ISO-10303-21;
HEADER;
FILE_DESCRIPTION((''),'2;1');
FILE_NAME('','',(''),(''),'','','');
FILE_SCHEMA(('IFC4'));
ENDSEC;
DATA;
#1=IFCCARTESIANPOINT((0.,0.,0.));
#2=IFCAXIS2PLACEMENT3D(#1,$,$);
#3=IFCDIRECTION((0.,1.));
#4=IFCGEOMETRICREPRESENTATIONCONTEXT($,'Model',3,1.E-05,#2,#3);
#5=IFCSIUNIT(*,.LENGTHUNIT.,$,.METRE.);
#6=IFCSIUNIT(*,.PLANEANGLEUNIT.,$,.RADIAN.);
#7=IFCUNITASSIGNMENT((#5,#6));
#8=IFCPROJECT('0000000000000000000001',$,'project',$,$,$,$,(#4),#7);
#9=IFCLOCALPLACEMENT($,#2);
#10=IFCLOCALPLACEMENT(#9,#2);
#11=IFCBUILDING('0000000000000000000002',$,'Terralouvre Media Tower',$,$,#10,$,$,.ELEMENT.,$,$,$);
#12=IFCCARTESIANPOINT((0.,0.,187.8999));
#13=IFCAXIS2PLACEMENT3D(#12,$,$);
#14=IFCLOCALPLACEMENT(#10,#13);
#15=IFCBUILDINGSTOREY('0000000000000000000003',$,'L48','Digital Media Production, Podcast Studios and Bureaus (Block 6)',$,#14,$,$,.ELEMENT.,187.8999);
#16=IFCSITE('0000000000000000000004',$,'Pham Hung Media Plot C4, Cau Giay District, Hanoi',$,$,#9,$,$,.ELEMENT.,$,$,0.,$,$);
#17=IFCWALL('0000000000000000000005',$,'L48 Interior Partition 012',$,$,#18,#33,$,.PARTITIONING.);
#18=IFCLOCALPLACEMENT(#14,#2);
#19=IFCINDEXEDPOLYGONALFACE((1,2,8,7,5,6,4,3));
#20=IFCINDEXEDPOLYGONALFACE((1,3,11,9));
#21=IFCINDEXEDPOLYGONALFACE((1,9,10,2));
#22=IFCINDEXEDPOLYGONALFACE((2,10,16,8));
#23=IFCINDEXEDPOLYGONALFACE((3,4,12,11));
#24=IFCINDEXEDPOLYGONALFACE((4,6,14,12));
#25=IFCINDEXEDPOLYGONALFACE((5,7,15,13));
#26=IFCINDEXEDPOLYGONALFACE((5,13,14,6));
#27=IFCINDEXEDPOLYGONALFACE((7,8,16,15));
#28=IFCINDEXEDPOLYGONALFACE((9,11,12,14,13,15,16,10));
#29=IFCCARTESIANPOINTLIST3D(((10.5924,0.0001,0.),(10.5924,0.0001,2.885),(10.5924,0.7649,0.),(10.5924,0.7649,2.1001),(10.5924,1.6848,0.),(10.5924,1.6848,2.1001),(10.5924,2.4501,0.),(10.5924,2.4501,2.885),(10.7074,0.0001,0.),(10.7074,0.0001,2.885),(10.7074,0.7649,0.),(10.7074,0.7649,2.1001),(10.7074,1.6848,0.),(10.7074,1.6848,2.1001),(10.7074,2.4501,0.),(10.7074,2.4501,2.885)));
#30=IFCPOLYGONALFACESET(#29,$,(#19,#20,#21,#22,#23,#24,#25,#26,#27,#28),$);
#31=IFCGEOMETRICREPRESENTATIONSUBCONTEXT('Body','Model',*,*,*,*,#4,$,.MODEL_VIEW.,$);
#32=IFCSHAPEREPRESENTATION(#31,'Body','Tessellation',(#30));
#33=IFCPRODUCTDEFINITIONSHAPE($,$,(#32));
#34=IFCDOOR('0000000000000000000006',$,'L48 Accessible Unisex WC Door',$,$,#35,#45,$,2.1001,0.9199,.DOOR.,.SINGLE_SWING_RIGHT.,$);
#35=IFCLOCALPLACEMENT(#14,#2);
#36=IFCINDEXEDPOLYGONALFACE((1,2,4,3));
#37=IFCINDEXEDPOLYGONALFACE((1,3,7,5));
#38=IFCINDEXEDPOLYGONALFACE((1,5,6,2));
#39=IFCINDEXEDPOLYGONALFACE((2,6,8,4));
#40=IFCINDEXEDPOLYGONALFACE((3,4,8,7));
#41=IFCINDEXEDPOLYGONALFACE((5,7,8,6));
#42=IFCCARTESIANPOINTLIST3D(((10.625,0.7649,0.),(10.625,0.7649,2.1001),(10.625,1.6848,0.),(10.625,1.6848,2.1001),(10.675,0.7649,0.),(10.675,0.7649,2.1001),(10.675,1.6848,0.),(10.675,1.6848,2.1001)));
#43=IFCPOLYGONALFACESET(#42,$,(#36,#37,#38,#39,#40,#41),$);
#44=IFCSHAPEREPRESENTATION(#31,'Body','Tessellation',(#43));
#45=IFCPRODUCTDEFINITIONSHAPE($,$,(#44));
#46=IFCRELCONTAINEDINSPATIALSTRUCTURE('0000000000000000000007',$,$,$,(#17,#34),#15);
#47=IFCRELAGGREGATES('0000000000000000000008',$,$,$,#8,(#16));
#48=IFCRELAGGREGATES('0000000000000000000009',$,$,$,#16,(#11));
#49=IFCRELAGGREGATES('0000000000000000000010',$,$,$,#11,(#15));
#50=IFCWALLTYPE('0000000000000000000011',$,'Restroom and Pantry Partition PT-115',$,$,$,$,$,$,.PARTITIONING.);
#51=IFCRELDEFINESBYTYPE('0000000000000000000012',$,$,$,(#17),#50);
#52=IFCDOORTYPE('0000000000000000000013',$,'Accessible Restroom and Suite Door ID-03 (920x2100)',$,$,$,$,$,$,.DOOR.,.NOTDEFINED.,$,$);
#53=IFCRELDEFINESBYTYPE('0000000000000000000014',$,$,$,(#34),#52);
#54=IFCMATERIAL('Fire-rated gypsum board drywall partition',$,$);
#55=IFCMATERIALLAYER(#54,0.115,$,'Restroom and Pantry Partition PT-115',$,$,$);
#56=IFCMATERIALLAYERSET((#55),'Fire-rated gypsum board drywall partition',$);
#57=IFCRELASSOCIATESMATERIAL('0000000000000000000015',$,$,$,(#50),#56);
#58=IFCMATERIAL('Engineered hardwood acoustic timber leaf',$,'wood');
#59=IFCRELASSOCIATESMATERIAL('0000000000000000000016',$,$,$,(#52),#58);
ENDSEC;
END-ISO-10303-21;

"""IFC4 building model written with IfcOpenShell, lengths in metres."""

from ifc_helpers import new_model, si_unit, direction, frame, frame_2d, origin, place, context, subcontext, project, spatial, rectangle, extrude, material, layer, layer_set, type_object, element, fill, save


model = new_model("IFC4")

# Units and contexts
model_context = context("Model", 3, precision=1e-05, world=origin(), true_north=direction((0.0, 1.0)))
body_context = subcontext(model_context, "Body", "Model", "MODEL_VIEW")
ifc_project = project(units=[si_unit("LENGTHUNIT", "METRE"), si_unit("PLANEANGLEUNIT", "RADIAN")], contexts=[model_context])

# Site, building, storey
site_placement = place(None, origin())
site = spatial("IfcSite", under=ifc_project, at=site_placement, Name="Pham Hung Media Plot C4, Cau Giay District, Hanoi", CompositionType="ELEMENT", RefElevation=0.0)
building_placement = place(site_placement, origin())
building = spatial("IfcBuilding", under=site, at=building_placement, Name="Terralouvre Media Tower", CompositionType="ELEMENT")
storey_placement = place(building_placement, frame((0.0, 0.0, 187.8999)))
storey = spatial("IfcBuildingStorey", under=building, at=storey_placement, Name="L48", Description="Digital Media Production, Podcast Studios and Bureaus (Block 6)", CompositionType="ELEMENT", Elevation=187.8999)

# Wall, opening, door
ifc_material_1 = material(Name="Fire-rated gypsum board drywall partition")
ifc_layer_1 = layer(ifc_material_1, 0.115, Name="Restroom and Pantry Partition PT-115")
ifc_layer_set_1 = layer_set([ifc_layer_1], Name="Fire-rated gypsum board drywall partition")
wall_type_1 = type_object("IfcWallType", Name="Restroom and Pantry Partition PT-115", PredefinedType="PARTITIONING", material=ifc_layer_set_1)
wall_1_placement = place(storey_placement, frame((10.6499, 0.0, 0.0), z_axis=(0.0, 0.0, 1.0), x_axis=(0.0, 1.0, 0.0)))
wall_1 = element("IfcWall", 1, at=wall_1_placement, inside=storey, type_object=wall_type_1, Name="L48 Interior Partition 012", PredefinedType="PARTITIONING", context=body_context, shape_type="SweptSolid", body=[
    extrude(rectangle(XDim=2.45, YDim=0.115, at=frame_2d((1.2251, 0.0))), origin(), (0.0, 0.0, 1.0), 2.885),
])
opening_1_placement = place(wall_1_placement, frame((0.7649, 0.0, 0.0)))
opening_1 = element("IfcOpeningElement", 2, at=opening_1_placement, cuts=wall_1, PredefinedType="OPENING", context=body_context, shape_type="SweptSolid", body=[
    extrude(rectangle(XDim=0.9199, YDim=2.1001, at=frame_2d((0.46, 1.05))), frame((0.0, 0.0674, 0.0), z_axis=(0.0, -1.0, 0.0), x_axis=(1.0, 0.0, 0.0)), (0.0, 0.0, 1.0), 0.135),
])
ifc_material_2 = material(Name="Engineered hardwood acoustic timber leaf", Category="wood")
door_type_1 = type_object("IfcDoorType", Name="Accessible Restroom and Suite Door ID-03 (920x2100)", OperationType="NOTDEFINED", PredefinedType="DOOR", material=ifc_material_2)
door_1_placement = place(opening_1_placement, origin())
door_1 = element("IfcDoor", 3, at=door_1_placement, inside=storey, type_object=door_type_1, Name="L48 Accessible Unisex WC Door", OperationType="SINGLE_SWING_RIGHT", OverallHeight=2.1001, OverallWidth=0.9199, PredefinedType="DOOR", context=body_context, shape_type="SweptSolid", body=[
    extrude(rectangle(XDim=0.9199, YDim=2.1001, at=frame_2d((0.46, 1.05))), frame((0.0, 0.0249, 0.0), z_axis=(0.0, -1.0, 0.0), x_axis=(1.0, 0.0, 0.0)), (0.0, 0.0, 1.0), 0.05),
])
fill(opening_1, door_1)

save(model, "model.ifc")
